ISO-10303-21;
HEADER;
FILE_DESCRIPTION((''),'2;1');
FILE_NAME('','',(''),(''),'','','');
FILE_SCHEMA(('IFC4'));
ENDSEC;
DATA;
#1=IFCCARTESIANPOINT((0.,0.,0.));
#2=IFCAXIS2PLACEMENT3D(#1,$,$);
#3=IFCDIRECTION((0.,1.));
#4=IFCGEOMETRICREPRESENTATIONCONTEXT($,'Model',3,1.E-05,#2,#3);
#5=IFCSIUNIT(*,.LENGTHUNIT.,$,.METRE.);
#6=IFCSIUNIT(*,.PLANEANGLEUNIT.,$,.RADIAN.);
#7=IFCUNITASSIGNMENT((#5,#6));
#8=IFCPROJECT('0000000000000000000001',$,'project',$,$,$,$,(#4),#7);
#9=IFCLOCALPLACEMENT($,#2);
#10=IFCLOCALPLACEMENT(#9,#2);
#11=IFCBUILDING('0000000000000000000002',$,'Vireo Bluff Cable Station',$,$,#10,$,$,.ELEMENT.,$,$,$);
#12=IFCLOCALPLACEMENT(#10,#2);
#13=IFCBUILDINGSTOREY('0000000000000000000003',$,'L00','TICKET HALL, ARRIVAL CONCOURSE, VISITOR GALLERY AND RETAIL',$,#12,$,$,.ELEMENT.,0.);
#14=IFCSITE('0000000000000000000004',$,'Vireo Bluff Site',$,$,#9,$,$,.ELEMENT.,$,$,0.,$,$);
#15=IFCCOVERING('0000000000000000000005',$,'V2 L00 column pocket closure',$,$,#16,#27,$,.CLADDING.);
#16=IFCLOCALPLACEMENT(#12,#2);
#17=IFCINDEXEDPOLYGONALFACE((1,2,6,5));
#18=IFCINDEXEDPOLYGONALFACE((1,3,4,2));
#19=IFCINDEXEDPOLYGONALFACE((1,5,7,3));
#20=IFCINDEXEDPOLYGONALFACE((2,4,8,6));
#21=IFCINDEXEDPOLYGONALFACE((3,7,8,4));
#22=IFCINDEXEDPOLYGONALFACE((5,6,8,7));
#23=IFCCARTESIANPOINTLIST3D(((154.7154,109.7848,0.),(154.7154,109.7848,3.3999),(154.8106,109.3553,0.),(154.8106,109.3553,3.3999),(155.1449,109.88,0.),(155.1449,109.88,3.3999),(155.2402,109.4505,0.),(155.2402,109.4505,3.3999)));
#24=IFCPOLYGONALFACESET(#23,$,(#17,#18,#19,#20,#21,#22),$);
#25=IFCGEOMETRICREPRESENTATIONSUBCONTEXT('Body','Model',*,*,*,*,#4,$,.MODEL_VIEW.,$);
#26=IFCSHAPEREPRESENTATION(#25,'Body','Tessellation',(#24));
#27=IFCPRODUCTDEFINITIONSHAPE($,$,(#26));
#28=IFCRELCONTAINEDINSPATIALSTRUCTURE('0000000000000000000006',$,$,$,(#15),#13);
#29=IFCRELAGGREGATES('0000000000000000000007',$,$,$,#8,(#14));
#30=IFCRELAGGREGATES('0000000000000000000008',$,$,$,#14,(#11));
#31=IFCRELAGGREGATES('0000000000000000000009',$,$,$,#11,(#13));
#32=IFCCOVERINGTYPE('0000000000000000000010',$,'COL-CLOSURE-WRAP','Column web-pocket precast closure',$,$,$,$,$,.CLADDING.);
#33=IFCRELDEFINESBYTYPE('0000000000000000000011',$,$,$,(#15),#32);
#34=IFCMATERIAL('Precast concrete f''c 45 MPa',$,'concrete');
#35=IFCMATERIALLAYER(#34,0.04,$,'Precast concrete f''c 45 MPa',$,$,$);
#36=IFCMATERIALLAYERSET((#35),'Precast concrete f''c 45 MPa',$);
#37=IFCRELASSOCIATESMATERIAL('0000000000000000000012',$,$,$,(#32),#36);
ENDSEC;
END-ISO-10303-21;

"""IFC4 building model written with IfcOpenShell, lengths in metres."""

from ifc_helpers import new_model, si_unit, direction, frame, origin, origin_2d, place, context, subcontext, project, spatial, rectangle, extrude, material, layer, layer_set, type_object, element, save


model = new_model("IFC4")

# Units and contexts
model_context = context("Model", 3, precision=1e-05, world=origin(), true_north=direction((0.0, 1.0)))
body_context = subcontext(model_context, "Body", "Model", "MODEL_VIEW")
ifc_project = project(units=[si_unit("LENGTHUNIT", "METRE"), si_unit("PLANEANGLEUNIT", "RADIAN")], contexts=[model_context])

# Site, building, storey
site_placement = place(None, origin())
site = spatial("IfcSite", under=ifc_project, at=site_placement, Name="Vireo Bluff Site", CompositionType="ELEMENT", RefElevation=0.0)
building_placement = place(site_placement, origin())
building = spatial("IfcBuilding", under=site, at=building_placement, Name="Vireo Bluff Cable Station", CompositionType="ELEMENT")
storey_placement = place(building_placement, origin())
storey = spatial("IfcBuildingStorey", under=building, at=storey_placement, Name="L00", Description="TICKET HALL, ARRIVAL CONCOURSE, VISITOR GALLERY AND RETAIL", CompositionType="ELEMENT", Elevation=0.0)

# Covering
ifc_material_1 = material(Name="Precast concrete f'c 45 MPa", Category="concrete")
ifc_layer_1 = layer(ifc_material_1, 0.04, Name="Precast concrete f'c 45 MPa")
ifc_layer_set_1 = layer_set([ifc_layer_1], Name="Precast concrete f'c 45 MPa")
covering_type = type_object("IfcCoveringType", Name="COL-CLOSURE-WRAP", Description="Column web-pocket precast closure", PredefinedType="CLADDING", material=ifc_layer_set_1)
covering_placement = place(storey_placement, frame((154.9778, 109.6177, 0.0), z_axis=(0.0, 0.0, 1.0), x_axis=(0.976296, 0.21644, 0.0)))
element("IfcCovering", 1, at=covering_placement, inside=storey, type_object=covering_type, Name="V2 L00 column pocket closure", PredefinedType="CLADDING", context=body_context, shape_type="SweptSolid", body=[
    extrude(rectangle(XDim=0.4399, YDim=0.4399, at=origin_2d()), origin(), (0.0, 0.0, 1.0), 3.3999),
])

save(model, "model.ifc")
